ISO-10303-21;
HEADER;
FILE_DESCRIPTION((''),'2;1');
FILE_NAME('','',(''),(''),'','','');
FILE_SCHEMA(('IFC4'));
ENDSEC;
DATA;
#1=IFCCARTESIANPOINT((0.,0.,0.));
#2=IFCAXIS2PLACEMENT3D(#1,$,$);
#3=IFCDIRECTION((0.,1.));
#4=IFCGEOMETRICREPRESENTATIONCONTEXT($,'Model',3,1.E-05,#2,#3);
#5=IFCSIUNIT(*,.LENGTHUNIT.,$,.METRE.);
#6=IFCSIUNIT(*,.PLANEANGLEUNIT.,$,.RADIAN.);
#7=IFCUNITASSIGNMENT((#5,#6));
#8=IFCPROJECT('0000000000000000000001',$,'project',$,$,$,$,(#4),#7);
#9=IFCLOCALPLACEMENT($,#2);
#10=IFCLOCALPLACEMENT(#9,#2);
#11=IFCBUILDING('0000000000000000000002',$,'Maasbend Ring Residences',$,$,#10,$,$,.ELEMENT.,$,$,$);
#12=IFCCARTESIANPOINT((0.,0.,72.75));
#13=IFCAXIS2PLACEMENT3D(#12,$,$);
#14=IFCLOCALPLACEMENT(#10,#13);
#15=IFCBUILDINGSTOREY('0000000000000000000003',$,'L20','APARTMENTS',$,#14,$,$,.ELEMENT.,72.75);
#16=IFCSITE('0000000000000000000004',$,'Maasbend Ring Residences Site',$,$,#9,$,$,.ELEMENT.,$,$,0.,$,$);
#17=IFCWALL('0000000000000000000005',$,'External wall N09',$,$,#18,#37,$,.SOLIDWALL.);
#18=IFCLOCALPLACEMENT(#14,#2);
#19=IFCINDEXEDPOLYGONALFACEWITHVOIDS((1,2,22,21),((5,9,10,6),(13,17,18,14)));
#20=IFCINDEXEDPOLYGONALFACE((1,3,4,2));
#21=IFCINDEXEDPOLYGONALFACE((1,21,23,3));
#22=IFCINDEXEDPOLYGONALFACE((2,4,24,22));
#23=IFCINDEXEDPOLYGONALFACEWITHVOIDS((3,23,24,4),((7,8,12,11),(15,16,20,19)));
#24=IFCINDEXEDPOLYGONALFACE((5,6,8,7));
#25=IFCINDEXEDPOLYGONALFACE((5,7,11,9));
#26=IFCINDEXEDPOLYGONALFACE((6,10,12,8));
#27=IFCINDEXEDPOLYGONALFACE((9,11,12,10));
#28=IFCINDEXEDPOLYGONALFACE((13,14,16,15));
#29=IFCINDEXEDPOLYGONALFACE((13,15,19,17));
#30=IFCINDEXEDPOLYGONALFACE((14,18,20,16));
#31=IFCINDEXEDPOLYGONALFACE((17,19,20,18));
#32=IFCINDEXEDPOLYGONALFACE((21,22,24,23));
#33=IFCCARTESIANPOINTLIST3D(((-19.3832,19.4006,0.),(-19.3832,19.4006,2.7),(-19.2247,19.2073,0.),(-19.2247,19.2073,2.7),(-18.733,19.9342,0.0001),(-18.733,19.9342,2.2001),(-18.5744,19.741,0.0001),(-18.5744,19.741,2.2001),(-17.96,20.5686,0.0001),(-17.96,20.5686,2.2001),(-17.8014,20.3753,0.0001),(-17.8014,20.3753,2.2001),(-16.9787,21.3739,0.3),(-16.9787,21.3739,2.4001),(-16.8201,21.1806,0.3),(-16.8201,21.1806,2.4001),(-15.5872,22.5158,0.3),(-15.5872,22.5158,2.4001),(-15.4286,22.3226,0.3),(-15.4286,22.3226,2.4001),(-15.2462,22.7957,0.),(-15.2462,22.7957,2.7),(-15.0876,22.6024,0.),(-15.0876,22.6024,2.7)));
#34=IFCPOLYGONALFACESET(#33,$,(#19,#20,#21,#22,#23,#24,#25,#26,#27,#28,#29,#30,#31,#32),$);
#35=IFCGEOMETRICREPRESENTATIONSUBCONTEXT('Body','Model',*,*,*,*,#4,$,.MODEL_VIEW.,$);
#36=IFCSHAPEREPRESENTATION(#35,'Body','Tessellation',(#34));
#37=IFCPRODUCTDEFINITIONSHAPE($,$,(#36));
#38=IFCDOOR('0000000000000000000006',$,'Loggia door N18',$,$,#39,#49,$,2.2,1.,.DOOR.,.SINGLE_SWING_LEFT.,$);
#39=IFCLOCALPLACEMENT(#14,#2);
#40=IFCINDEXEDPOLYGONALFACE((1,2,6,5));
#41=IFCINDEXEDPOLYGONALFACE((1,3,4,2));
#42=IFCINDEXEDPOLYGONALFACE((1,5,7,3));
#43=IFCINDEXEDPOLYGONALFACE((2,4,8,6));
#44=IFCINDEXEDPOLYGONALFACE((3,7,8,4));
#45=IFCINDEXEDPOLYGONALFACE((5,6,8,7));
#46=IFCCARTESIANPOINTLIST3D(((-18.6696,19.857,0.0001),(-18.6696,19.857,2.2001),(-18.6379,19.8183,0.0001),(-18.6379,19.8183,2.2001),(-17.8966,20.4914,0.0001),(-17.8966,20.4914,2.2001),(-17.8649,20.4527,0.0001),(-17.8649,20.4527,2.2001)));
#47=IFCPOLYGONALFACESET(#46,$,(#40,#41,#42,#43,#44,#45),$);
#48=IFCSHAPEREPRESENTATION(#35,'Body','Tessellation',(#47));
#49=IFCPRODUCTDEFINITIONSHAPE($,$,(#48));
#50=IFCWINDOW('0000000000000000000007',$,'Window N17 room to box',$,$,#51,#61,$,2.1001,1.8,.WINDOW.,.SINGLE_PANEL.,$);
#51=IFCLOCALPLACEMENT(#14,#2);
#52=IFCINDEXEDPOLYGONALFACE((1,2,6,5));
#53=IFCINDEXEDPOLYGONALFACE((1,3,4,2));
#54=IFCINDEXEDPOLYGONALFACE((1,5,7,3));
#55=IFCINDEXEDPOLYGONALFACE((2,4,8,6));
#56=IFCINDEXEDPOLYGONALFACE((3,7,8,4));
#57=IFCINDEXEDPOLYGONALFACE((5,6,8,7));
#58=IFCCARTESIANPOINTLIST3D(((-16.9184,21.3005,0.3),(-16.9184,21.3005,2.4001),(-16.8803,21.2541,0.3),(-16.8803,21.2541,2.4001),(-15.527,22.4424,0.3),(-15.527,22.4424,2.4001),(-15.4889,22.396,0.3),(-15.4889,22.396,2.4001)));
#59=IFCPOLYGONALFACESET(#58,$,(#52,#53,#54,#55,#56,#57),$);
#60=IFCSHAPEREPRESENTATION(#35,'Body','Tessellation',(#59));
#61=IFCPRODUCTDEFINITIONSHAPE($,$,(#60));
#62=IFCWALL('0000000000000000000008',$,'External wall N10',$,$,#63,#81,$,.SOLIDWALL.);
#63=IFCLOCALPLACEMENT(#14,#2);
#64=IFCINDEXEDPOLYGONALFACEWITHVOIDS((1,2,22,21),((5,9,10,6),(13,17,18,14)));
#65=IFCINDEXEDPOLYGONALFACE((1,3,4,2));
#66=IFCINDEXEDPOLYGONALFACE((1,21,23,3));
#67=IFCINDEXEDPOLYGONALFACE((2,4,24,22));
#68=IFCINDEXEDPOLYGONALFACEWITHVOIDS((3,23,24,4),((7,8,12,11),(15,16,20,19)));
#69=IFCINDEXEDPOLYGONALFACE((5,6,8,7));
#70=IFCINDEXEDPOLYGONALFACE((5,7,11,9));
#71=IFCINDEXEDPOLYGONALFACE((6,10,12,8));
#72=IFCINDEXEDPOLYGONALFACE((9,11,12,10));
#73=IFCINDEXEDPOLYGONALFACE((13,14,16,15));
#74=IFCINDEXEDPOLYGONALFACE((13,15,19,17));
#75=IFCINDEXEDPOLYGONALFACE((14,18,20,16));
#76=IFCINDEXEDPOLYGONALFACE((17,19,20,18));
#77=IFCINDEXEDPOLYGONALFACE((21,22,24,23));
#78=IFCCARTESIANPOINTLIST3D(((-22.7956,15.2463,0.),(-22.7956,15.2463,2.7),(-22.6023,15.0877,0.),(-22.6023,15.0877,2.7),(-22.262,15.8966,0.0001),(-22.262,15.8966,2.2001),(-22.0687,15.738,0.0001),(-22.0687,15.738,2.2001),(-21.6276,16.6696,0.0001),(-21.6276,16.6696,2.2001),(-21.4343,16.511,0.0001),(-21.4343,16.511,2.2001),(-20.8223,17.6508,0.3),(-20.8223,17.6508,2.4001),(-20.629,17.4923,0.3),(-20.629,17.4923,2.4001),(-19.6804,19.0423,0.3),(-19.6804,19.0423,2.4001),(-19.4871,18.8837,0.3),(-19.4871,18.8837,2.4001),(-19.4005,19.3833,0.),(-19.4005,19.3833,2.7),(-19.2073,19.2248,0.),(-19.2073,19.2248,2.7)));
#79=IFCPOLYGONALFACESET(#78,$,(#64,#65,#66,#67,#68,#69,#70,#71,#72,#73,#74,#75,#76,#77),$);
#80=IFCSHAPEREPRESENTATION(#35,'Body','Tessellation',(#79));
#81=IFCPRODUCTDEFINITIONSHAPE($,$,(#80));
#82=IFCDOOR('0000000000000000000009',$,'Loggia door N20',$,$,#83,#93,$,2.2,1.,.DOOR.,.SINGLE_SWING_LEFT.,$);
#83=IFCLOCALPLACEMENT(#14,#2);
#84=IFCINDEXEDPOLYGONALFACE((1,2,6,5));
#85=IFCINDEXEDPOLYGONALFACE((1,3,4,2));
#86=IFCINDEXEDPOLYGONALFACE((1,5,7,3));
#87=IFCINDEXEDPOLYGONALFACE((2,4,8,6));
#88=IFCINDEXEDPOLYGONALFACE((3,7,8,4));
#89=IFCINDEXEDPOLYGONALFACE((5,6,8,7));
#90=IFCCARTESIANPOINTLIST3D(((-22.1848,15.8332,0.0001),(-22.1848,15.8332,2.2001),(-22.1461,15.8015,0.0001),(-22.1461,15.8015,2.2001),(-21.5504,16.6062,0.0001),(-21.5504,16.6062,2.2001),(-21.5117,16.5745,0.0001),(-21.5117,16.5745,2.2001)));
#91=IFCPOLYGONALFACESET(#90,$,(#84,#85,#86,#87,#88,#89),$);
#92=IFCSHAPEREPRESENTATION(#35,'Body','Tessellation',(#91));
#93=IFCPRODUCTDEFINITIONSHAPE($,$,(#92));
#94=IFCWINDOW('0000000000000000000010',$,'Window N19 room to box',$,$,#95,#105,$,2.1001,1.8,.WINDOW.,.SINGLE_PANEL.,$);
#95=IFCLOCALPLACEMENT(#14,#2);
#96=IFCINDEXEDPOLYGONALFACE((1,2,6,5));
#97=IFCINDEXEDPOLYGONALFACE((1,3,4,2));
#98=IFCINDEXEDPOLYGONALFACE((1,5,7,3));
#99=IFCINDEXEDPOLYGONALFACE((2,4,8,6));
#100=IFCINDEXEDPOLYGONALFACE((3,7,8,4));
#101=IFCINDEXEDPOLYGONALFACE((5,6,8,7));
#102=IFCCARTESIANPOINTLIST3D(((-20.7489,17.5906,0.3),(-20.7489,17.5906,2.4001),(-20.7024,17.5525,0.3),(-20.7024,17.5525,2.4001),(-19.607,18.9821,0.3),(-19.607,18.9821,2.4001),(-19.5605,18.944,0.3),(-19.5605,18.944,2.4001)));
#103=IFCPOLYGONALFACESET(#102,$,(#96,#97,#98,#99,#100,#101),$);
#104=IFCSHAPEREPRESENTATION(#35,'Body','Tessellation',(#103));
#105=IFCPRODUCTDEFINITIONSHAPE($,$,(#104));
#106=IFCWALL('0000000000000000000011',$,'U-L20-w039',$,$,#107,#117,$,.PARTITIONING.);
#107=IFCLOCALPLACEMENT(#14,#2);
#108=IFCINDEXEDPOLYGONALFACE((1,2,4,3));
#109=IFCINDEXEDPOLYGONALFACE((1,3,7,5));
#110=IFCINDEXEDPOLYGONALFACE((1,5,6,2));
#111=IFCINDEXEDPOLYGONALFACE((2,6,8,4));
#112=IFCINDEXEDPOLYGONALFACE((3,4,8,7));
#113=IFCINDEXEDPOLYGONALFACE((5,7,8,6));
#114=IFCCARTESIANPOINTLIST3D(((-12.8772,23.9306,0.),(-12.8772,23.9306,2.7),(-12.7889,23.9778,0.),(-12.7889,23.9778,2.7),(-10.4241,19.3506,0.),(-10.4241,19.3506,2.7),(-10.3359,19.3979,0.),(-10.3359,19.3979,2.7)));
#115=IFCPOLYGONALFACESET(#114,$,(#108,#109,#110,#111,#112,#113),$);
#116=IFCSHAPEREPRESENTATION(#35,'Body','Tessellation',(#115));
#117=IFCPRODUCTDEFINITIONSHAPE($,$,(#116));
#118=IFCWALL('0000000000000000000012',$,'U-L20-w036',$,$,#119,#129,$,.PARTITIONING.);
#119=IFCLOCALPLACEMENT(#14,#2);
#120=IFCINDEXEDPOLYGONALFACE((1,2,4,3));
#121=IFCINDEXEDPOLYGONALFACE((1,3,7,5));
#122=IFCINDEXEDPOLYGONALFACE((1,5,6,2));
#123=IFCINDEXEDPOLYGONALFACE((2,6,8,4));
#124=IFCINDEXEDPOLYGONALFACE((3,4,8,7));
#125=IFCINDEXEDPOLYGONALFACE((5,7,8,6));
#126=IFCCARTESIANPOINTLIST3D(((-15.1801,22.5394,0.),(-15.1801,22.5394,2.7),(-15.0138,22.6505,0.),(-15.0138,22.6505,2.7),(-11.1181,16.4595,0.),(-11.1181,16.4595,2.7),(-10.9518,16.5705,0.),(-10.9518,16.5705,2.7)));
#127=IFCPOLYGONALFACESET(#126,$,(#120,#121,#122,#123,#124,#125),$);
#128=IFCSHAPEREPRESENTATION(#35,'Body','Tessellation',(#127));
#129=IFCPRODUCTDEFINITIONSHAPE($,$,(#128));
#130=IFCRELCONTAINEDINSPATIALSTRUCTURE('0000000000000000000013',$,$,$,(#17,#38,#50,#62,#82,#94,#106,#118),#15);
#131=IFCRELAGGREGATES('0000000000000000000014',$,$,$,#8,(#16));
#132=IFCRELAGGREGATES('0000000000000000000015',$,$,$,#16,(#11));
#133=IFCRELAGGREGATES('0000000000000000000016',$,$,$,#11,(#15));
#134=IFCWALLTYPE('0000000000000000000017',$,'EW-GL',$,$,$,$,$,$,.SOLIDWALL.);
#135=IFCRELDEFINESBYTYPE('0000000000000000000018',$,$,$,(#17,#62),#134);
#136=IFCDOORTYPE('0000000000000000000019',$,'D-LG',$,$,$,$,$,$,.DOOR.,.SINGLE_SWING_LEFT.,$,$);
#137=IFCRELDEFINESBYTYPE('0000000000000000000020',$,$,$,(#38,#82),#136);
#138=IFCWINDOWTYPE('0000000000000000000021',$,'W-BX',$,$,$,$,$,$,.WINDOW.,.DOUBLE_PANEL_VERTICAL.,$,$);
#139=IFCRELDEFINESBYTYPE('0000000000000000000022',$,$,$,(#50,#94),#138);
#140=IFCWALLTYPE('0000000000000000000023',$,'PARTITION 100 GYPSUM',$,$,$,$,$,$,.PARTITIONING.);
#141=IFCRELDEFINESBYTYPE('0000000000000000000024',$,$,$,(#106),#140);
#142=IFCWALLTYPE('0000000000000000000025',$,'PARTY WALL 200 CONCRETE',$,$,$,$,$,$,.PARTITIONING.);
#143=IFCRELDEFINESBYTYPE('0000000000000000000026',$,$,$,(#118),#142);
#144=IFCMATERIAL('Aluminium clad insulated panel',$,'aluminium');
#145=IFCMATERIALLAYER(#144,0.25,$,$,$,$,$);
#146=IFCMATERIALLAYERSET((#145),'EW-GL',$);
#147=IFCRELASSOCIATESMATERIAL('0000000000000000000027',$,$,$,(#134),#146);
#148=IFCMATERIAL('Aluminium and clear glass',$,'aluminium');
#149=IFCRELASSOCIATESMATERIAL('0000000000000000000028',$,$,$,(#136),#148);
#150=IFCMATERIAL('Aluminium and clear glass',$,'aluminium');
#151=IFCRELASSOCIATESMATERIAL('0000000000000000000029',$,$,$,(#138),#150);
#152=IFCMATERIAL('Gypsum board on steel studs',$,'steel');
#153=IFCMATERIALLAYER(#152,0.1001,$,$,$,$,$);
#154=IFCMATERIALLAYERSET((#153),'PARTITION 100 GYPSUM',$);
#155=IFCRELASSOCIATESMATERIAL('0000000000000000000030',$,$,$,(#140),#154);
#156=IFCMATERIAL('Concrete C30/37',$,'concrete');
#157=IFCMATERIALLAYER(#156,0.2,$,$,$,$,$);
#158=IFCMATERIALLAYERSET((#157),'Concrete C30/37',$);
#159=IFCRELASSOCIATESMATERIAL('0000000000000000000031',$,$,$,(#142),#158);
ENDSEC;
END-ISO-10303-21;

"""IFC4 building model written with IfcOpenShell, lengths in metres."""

from ifc_helpers import new_model, si_unit, direction, frame, frame_2d, origin, place, context, subcontext, project, spatial, rectangle, extrude, material, layer, layer_set, type_object, element, fill, save


model = new_model("IFC4")

# Units and contexts
model_context = context("Model", 3, precision=1e-05, world=origin(), true_north=direction((0.0, 1.0)))
body_context = subcontext(model_context, "Body", "Model", "MODEL_VIEW")
ifc_project = project(units=[si_unit("LENGTHUNIT", "METRE"), si_unit("PLANEANGLEUNIT", "RADIAN")], contexts=[model_context])

# Site, building, storey
site_placement = place(None, origin())
site = spatial("IfcSite", under=ifc_project, at=site_placement, Name="Maasbend Ring Residences Site", CompositionType="ELEMENT", RefElevation=0.0)
building_placement = place(site_placement, origin())
building = spatial("IfcBuilding", under=site, at=building_placement, Name="Maasbend Ring Residences", CompositionType="ELEMENT")
storey_placement = place(building_placement, frame((0.0, 0.0, 72.75)))
storey = spatial("IfcBuildingStorey", under=building, at=storey_placement, Name="L20", Description="APARTMENTS", CompositionType="ELEMENT", Elevation=72.75)

# Walls, openings, doors, windows
ifc_material_1 = material(Name="Aluminium clad insulated panel", Category="aluminium")
ifc_layer_1 = layer(ifc_material_1, 0.25)
ifc_layer_set_1 = layer_set([ifc_layer_1], Name="EW-GL")
wall_type_1 = type_object("IfcWallType", Name="EW-GL", PredefinedType="SOLIDWALL", material=ifc_layer_set_1)
wall_1_placement = place(storey_placement, frame((-15.167, 22.699, 0.0), z_axis=(0.0, 0.0, 1.0), x_axis=(-0.773019, -0.634382, 0.0)))
wall_1 = element("IfcWall", 1, at=wall_1_placement, inside=storey, type_object=wall_type_1, Name="External wall N09", PredefinedType="SOLIDWALL", context=body_context, shape_type="SweptSolid", body=[
    extrude(rectangle(XDim=5.3518, YDim=0.25, at=frame_2d((2.6758, 0.0))), origin(), (0.0, 0.0, 1.0), 2.7),
])
opening_1_placement = place(wall_1_placement, frame((0.4412, 0.0, 0.3)))
opening_1 = element("IfcOpeningElement", 2, at=opening_1_placement, cuts=wall_1, PredefinedType="OPENING", context=body_context, shape_type="SweptSolid", body=[
    extrude(rectangle(XDim=1.8, YDim=2.1001, at=frame_2d((0.8999, 1.05))), frame((0.0, 0.135, 0.0), z_axis=(0.0, -1.0, 0.0), x_axis=(1.0, 0.0, 0.0)), (0.0, 0.0, 1.0), 0.27),
])
opening_2_placement = place(wall_1_placement, frame((3.5105, 0.0, 0.0)))
opening_2 = element("IfcOpeningElement", 3, at=opening_2_placement, cuts=wall_1, PredefinedType="OPENING", context=body_context, shape_type="SweptSolid", body=[
    extrude(rectangle(XDim=1.0, YDim=2.2, at=frame_2d((0.5, 1.1001))), frame((0.0, 0.135, 0.0), z_axis=(0.0, -1.0, 0.0), x_axis=(1.0, 0.0, 0.0)), (0.0, 0.0, 1.0), 0.27),
])
ifc_material_2 = material(Name="Aluminium and clear glass", Category="aluminium")
door_type = type_object("IfcDoorType", Name="D-LG", OperationType="SINGLE_SWING_LEFT", PredefinedType="DOOR", material=ifc_material_2)
door_1_placement = place(opening_2_placement, origin())
door_1 = element("IfcDoor", 4, at=door_1_placement, inside=storey, type_object=door_type, Name="Loggia door N18", OperationType="SINGLE_SWING_LEFT", OverallHeight=2.2, OverallWidth=1.0, PredefinedType="DOOR", context=body_context, shape_type="SweptSolid", body=[
    extrude(rectangle(XDim=1.0, YDim=2.2, at=frame_2d((0.5, 1.1001))), frame((0.0, 0.0249, 0.0), z_axis=(0.0, -1.0, 0.0), x_axis=(1.0, 0.0, 0.0)), (0.0, 0.0, 1.0), 0.05),
])
fill(opening_2, door_1)
ifc_material_3 = material(Name="Aluminium and clear glass", Category="aluminium")
window_type_1 = type_object("IfcWindowType", Name="W-BX", PartitioningType="DOUBLE_PANEL_VERTICAL", PredefinedType="WINDOW", material=ifc_material_3)
window_1_placement = place(opening_1_placement, origin())
window_1 = element("IfcWindow", 5, at=window_1_placement, inside=storey, type_object=window_type_1, Name="Window N17 room to box", OverallHeight=2.1001, OverallWidth=1.8, PartitioningType="SINGLE_PANEL", PredefinedType="WINDOW", context=body_context, shape_type="SweptSolid", body=[
    extrude(rectangle(XDim=1.8, YDim=2.1001, at=frame_2d((0.8999, 1.05))), frame((0.0, 0.03, 0.0), z_axis=(0.0, -1.0, 0.0), x_axis=(1.0, 0.0, 0.0)), (0.0, 0.0, 1.0), 0.0601),
])
fill(opening_1, window_1)
wall_2_placement = place(storey_placement, frame((-19.304, 19.304, 0.0), z_axis=(0.0, 0.0, 1.0), x_axis=(-0.634382, -0.773019, 0.0)))
wall_2 = element("IfcWall", 6, at=wall_2_placement, inside=storey, type_object=wall_type_1, Name="External wall N10", PredefinedType="SOLIDWALL", context=body_context, shape_type="SweptSolid", body=[
    extrude(rectangle(XDim=5.3518, YDim=0.25, at=frame_2d((2.6758, 0.0))), origin(), (0.0, 0.0, 1.0), 2.7),
])
opening_3_placement = place(wall_2_placement, frame((0.4412, 0.0, 0.3)))
opening_3 = element("IfcOpeningElement", 7, at=opening_3_placement, cuts=wall_2, PredefinedType="OPENING", context=body_context, shape_type="SweptSolid", body=[
    extrude(rectangle(XDim=1.8, YDim=2.1001, at=frame_2d((0.8999, 1.05))), frame((0.0, 0.135, 0.0), z_axis=(0.0, -1.0, 0.0), x_axis=(1.0, 0.0, 0.0)), (0.0, 0.0, 1.0), 0.27),
])
opening_4_placement = place(wall_2_placement, frame((3.5105, 0.0, 0.0)))
opening_4 = element("IfcOpeningElement", 8, at=opening_4_placement, cuts=wall_2, PredefinedType="OPENING", context=body_context, shape_type="SweptSolid", body=[
    extrude(rectangle(XDim=1.0, YDim=2.2, at=frame_2d((0.5, 1.1001))), frame((0.0, 0.135, 0.0), z_axis=(0.0, -1.0, 0.0), x_axis=(1.0, 0.0, 0.0)), (0.0, 0.0, 1.0), 0.27),
])
door_2_placement = place(opening_4_placement, origin())
door_2 = element("IfcDoor", 9, at=door_2_placement, inside=storey, type_object=door_type, Name="Loggia door N20", OperationType="SINGLE_SWING_LEFT", OverallHeight=2.2, OverallWidth=1.0, PredefinedType="DOOR", context=body_context, shape_type="SweptSolid", body=[
    extrude(rectangle(XDim=1.0, YDim=2.2, at=frame_2d((0.5, 1.1001))), frame((0.0, 0.0249, 0.0), z_axis=(0.0, -1.0, 0.0), x_axis=(1.0, 0.0, 0.0)), (0.0, 0.0, 1.0), 0.05),
])
fill(opening_4, door_2)
window_2_placement = place(opening_3_placement, origin())
window_2 = element("IfcWindow", 10, at=window_2_placement, inside=storey, type_object=window_type_1, Name="Window N19 room to box", OverallHeight=2.1001, OverallWidth=1.8, PartitioningType="SINGLE_PANEL", PredefinedType="WINDOW", context=body_context, shape_type="SweptSolid", body=[
    extrude(rectangle(XDim=1.8, YDim=2.1001, at=frame_2d((0.8999, 1.05))), frame((0.0, 0.03, 0.0), z_axis=(0.0, -1.0, 0.0), x_axis=(1.0, 0.0, 0.0)), (0.0, 0.0, 1.0), 0.0601),
])
fill(opening_3, window_2)

# Walls
ifc_material_4 = material(Name="Gypsum board on steel studs", Category="steel")
ifc_layer_2 = layer(ifc_material_4, 0.1001)
ifc_layer_set_2 = layer_set([ifc_layer_2], Name="PARTITION 100 GYPSUM")
wall_type_2 = type_object("IfcWallType", Name="PARTITION 100 GYPSUM", PredefinedType="PARTITIONING", material=ifc_layer_set_2)
wall_3_placement = place(storey_placement, frame((-12.833, 23.9541, 0.0), z_axis=(0.0, 0.0, 1.0), x_axis=(0.472148, -0.881519, 0.0)))
element("IfcWall", 11, at=wall_3_placement, inside=storey, type_object=wall_type_2, Name="U-L20-w039", PredefinedType="PARTITIONING", context=body_context, shape_type="SweptSolid", body=[
    extrude(rectangle(XDim=5.1956, YDim=0.1001, at=frame_2d((2.5977, 0.0))), origin(), (0.0, 0.0, 1.0), 2.7),
])
ifc_material_5 = material(Name="Concrete C30/37", Category="concrete")
ifc_layer_3 = layer(ifc_material_5, 0.2)
ifc_layer_set_3 = layer_set([ifc_layer_3], Name="Concrete C30/37")
wall_type_3 = type_object("IfcWallType", Name="PARTY WALL 200 CONCRETE", PredefinedType="PARTITIONING", material=ifc_layer_set_3)
wall_4_placement = place(storey_placement, frame((-15.0969, 22.595, 0.0), z_axis=(0.0, 0.0, 1.0), x_axis=(0.555517, -0.831505, 0.0)))
element("IfcWall", 12, at=wall_4_placement, inside=storey, type_object=wall_type_3, Name="U-L20-w036", PredefinedType="PARTITIONING", context=body_context, shape_type="SweptSolid", body=[
    extrude(rectangle(XDim=7.312, YDim=0.2, at=frame_2d((3.656, 0.0))), origin(), (0.0, 0.0, 1.0), 2.7),
])

save(model, "model.ifc")
